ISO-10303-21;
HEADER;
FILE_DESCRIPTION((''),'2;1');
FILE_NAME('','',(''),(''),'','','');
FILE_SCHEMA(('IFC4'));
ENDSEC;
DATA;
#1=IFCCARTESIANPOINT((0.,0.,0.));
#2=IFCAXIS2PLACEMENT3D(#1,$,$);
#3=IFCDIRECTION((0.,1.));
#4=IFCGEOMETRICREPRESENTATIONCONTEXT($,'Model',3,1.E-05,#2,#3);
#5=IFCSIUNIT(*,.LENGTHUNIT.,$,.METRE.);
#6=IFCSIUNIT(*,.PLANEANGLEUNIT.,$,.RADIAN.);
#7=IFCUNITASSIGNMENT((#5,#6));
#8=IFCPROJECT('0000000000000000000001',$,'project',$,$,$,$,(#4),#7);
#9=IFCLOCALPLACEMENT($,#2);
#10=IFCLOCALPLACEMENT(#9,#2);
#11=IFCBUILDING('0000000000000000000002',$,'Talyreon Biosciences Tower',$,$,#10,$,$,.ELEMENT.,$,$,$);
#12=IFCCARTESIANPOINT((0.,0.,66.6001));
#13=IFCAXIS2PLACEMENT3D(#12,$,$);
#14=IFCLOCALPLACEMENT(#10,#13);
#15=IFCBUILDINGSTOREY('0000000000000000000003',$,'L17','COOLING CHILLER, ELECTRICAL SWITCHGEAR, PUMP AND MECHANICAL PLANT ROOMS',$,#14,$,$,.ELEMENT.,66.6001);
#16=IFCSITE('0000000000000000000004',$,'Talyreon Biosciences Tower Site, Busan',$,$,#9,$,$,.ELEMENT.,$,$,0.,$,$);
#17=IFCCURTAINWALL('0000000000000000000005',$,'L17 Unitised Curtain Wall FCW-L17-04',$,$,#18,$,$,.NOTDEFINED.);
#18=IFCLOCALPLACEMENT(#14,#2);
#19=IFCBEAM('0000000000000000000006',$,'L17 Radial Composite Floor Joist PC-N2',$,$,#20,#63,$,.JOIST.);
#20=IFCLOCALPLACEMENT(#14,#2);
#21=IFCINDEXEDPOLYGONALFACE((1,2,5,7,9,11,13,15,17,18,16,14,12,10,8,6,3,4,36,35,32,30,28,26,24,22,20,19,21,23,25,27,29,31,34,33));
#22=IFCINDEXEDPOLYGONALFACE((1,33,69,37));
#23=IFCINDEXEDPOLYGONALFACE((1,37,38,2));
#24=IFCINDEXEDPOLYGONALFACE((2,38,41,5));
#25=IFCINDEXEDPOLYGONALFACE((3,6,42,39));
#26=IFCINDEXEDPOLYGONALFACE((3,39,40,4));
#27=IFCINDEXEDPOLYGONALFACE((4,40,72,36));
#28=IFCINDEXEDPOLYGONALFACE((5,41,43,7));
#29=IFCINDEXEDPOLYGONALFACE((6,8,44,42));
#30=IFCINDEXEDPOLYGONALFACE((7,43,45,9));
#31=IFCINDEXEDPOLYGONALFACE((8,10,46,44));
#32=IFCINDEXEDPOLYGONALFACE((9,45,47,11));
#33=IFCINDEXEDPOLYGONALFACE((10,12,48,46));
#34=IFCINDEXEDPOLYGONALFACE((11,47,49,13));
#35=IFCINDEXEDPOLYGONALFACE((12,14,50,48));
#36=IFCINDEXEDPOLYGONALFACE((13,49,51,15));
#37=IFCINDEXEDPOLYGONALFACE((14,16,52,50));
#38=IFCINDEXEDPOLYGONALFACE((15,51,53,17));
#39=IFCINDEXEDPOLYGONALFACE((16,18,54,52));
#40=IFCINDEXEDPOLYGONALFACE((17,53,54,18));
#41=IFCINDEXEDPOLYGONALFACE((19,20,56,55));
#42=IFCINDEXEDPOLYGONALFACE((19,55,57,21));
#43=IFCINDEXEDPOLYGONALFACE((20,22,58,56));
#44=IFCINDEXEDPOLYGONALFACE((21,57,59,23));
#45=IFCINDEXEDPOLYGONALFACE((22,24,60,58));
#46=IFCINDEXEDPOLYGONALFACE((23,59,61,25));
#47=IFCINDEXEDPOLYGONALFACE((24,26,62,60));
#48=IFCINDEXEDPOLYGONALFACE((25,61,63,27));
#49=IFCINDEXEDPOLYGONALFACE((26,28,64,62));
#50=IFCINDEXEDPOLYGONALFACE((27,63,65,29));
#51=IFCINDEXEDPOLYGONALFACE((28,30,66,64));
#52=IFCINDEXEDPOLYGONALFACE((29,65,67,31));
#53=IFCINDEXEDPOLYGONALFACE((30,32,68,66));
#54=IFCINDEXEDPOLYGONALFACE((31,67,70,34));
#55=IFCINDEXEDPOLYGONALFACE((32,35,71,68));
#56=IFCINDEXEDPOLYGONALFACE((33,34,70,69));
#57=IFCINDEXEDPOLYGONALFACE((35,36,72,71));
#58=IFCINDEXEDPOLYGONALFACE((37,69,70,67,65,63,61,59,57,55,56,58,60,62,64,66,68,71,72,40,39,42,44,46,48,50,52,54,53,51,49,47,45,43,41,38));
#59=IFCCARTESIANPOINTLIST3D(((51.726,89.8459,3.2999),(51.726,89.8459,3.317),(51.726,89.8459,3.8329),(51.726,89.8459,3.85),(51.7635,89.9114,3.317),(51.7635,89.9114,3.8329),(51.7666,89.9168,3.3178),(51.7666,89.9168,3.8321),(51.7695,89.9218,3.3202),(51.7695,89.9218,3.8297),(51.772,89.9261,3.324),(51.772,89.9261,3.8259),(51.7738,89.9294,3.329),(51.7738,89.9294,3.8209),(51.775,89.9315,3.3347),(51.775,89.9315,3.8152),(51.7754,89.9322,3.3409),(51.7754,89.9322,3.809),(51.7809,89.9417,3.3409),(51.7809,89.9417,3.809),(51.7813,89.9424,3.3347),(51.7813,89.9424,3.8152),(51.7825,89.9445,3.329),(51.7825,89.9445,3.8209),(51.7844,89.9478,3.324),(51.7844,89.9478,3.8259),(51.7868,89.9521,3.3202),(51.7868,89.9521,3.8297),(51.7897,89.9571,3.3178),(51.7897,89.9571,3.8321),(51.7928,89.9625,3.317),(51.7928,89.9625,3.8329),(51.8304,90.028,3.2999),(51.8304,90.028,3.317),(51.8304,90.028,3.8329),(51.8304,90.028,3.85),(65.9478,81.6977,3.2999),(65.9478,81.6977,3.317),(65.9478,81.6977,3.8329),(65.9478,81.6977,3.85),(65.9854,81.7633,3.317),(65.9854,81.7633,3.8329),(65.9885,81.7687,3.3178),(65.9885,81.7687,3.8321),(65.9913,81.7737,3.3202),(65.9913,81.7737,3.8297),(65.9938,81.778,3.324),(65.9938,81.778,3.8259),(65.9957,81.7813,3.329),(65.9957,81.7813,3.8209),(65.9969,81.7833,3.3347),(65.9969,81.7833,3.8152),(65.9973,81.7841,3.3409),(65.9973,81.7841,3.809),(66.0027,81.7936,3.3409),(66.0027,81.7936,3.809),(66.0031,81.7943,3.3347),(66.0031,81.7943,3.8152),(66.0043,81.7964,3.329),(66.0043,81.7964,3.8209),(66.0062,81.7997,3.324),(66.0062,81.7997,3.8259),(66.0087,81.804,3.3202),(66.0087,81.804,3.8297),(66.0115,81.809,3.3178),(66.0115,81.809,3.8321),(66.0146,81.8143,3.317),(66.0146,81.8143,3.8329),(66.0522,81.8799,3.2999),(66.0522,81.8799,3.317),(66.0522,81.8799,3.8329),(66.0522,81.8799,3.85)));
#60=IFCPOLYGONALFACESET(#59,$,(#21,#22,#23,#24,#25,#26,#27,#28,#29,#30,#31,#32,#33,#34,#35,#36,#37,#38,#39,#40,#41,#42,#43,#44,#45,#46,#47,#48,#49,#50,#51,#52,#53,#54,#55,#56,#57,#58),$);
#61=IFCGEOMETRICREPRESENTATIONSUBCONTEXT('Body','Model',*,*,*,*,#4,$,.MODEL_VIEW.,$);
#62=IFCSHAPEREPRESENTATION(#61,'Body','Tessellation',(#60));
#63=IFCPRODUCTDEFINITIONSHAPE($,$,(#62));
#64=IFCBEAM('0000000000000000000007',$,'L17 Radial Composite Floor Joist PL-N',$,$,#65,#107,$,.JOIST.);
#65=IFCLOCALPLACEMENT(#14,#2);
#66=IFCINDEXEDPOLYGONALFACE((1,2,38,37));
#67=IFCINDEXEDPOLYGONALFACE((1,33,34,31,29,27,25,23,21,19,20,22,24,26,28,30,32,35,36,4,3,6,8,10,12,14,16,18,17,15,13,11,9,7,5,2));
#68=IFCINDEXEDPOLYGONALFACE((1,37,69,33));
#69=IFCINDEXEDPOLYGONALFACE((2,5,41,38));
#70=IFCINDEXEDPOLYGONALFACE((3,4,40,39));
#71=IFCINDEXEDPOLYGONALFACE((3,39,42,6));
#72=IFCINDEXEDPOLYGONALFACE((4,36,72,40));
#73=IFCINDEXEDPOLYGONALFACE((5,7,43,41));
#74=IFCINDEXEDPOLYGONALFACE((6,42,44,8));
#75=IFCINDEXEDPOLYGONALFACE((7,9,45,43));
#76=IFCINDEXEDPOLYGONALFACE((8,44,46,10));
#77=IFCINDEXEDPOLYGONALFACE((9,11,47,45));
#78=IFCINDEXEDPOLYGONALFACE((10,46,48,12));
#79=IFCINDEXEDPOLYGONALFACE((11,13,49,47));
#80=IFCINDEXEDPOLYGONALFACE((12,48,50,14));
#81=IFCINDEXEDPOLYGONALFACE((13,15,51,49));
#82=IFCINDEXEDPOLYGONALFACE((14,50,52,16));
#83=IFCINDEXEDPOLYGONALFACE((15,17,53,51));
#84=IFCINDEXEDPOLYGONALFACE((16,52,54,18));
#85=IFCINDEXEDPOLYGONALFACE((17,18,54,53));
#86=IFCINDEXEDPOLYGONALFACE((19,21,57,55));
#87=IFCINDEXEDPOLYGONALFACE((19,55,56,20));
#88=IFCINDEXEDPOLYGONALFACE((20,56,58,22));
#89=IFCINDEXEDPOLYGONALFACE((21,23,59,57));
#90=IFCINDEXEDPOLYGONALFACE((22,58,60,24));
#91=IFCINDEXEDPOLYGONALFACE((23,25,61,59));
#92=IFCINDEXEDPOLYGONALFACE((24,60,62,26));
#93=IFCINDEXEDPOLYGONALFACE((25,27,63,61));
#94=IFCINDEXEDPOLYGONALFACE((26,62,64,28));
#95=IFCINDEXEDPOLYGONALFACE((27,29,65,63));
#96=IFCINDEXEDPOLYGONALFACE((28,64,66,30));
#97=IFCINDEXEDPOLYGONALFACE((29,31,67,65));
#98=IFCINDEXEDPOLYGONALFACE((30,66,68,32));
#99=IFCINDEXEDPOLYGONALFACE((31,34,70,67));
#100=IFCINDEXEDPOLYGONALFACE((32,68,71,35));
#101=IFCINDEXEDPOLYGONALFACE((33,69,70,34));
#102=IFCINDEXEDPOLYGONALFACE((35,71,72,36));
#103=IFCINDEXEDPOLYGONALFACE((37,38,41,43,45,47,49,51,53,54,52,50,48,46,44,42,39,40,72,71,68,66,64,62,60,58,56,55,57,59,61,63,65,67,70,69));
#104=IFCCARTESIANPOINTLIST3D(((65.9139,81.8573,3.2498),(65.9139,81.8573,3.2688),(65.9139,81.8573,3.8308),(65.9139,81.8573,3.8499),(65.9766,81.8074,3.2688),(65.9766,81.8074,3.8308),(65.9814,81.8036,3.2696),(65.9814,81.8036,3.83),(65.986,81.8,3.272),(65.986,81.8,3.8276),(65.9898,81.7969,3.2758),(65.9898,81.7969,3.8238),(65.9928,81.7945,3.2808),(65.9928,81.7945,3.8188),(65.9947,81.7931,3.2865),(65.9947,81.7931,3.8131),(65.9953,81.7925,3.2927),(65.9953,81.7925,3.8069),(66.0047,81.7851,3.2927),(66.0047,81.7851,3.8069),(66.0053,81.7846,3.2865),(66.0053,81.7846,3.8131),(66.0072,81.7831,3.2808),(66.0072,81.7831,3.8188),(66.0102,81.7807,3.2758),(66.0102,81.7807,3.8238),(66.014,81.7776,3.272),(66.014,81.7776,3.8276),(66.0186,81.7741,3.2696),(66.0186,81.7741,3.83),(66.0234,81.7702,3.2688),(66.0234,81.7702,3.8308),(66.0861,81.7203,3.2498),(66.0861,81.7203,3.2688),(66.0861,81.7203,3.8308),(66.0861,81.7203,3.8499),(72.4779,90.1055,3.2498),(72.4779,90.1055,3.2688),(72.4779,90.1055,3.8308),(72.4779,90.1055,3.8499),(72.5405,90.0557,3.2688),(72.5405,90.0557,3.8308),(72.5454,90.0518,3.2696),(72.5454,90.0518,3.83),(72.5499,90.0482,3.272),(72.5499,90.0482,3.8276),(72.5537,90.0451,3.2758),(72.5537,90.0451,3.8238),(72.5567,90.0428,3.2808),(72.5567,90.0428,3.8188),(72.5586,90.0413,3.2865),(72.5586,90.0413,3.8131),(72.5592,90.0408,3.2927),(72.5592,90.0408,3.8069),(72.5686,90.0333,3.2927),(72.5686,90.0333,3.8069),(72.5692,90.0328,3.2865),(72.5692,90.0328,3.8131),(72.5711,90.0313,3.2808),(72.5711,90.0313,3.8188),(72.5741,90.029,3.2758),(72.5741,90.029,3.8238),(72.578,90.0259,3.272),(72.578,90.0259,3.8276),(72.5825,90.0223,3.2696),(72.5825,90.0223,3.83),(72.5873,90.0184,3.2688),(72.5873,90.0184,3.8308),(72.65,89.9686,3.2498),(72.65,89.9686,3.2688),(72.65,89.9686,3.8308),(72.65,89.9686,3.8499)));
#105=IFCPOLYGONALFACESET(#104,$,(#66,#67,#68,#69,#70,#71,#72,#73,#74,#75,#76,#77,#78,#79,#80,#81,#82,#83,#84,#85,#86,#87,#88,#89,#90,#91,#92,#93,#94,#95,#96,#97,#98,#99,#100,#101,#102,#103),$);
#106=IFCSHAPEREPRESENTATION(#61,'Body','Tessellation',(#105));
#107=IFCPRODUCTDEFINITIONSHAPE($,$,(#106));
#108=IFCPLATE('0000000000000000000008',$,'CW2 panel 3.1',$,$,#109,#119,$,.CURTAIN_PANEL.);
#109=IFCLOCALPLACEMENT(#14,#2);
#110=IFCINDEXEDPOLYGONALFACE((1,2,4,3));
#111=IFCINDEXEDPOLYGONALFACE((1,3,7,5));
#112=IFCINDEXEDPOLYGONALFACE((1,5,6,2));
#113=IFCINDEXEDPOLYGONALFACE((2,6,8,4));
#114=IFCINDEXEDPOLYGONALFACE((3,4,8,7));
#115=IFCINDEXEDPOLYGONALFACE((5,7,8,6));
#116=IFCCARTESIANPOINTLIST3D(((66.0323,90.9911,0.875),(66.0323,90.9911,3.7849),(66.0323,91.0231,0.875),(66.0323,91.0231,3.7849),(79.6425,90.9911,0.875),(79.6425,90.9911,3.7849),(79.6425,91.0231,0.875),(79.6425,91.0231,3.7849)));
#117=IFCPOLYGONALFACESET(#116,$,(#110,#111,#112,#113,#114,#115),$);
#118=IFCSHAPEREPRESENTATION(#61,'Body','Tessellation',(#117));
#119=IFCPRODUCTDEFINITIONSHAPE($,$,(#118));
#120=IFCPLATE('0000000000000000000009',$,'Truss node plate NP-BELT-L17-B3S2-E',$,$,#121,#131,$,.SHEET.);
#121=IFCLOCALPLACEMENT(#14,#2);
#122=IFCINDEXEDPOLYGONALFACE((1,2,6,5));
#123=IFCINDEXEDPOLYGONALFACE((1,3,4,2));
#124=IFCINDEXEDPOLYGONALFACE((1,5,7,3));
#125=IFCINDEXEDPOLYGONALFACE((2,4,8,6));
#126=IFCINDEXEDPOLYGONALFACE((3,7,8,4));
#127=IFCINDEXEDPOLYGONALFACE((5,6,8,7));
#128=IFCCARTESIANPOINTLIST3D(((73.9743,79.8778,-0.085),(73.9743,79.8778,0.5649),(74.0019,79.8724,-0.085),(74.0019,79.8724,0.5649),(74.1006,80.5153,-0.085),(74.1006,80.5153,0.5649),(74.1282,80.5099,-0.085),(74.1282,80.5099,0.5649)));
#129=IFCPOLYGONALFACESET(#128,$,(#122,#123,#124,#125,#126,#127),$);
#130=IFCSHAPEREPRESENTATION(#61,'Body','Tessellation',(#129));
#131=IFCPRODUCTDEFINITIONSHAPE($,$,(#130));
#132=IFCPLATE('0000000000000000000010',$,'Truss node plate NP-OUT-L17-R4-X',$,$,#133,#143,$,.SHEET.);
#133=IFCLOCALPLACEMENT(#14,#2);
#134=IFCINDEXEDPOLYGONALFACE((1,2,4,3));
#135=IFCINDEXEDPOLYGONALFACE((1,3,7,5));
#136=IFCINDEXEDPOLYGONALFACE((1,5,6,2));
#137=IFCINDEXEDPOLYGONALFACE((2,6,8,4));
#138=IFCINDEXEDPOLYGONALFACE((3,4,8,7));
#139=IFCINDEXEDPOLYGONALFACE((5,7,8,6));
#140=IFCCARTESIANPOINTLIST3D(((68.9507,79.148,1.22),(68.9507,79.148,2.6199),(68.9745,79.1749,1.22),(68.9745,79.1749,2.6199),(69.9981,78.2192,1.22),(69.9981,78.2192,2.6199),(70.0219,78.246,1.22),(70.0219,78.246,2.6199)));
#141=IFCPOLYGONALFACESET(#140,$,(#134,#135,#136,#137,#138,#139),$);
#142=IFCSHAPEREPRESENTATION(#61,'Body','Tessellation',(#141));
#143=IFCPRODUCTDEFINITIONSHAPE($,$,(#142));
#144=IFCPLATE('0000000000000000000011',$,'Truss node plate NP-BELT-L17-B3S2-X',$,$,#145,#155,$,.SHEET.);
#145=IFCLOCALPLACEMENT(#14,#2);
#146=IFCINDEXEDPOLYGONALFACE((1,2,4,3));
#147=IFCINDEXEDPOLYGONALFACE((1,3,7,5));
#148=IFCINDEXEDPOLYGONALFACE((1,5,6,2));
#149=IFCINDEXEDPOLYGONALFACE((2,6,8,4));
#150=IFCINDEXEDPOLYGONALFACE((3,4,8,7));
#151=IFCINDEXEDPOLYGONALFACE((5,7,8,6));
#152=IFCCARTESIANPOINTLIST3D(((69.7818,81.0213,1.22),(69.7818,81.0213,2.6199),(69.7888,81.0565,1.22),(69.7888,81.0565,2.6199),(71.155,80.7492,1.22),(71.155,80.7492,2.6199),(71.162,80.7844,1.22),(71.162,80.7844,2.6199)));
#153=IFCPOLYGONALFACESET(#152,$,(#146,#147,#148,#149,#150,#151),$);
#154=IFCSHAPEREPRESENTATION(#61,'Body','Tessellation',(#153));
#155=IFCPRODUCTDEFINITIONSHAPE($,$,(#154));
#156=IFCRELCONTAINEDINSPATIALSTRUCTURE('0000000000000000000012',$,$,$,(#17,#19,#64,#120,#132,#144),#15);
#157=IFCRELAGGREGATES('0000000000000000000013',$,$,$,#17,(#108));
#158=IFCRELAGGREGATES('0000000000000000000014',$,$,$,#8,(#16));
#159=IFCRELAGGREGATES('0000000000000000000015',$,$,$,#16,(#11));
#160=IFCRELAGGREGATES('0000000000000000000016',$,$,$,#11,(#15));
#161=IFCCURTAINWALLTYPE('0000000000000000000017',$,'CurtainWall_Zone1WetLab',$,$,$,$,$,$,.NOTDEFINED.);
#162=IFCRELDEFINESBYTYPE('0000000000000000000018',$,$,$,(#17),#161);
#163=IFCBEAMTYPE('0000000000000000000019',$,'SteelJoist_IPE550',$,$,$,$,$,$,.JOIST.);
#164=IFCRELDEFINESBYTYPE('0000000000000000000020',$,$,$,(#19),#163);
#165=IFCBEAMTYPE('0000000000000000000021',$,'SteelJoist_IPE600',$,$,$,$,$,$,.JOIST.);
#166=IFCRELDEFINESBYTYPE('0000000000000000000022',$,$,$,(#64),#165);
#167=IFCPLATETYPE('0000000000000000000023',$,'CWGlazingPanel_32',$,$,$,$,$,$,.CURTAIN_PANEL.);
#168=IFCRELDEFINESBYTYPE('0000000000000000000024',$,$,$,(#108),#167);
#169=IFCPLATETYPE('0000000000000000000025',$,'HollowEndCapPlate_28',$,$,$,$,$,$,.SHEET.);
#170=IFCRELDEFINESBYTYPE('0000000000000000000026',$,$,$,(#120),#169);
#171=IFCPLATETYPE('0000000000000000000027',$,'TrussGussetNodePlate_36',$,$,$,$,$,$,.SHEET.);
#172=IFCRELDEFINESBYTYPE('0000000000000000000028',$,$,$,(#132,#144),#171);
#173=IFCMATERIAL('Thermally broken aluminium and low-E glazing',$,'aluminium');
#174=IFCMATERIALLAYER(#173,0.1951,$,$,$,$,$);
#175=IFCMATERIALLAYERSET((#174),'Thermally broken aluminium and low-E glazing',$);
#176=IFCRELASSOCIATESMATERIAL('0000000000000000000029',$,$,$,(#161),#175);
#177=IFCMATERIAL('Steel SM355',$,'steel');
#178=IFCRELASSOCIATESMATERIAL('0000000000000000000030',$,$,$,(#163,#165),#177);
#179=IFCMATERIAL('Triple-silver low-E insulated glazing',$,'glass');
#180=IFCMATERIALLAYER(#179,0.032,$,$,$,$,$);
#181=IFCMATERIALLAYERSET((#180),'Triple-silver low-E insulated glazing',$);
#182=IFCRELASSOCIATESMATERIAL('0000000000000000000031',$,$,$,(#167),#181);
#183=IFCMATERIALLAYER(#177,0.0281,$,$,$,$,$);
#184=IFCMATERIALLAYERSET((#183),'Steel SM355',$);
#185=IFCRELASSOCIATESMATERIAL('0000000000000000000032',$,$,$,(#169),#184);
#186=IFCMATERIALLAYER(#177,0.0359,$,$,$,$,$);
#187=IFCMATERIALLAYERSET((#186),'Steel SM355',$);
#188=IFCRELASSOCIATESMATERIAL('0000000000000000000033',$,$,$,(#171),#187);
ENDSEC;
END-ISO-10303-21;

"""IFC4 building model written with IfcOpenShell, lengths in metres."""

from ifc_helpers import new_model, si_unit, direction, frame, origin, origin_2d, place, context, subcontext, project, spatial, rectangle, i_section, extrude, material, layer, layer_set, material_profile, profile_set, type_object, element, aggregate, save


model = new_model("IFC4")

# Units and contexts
model_context = context("Model", 3, precision=1e-05, world=origin(), true_north=direction((0.0, 1.0)))
body_context = subcontext(model_context, "Body", "Model", "MODEL_VIEW")
ifc_project = project(units=[si_unit("LENGTHUNIT", "METRE"), si_unit("PLANEANGLEUNIT", "RADIAN")], contexts=[model_context])

# Site, building, storey
site_placement = place(None, origin())
site = spatial("IfcSite", under=ifc_project, at=site_placement, Name="Talyreon Biosciences Tower Site, Busan", CompositionType="ELEMENT", RefElevation=0.0)
building_placement = place(site_placement, origin())
building = spatial("IfcBuilding", under=site, at=building_placement, Name="Talyreon Biosciences Tower", CompositionType="ELEMENT")
storey_placement = place(building_placement, frame((0.0, 0.0, 66.6001)))
storey = spatial("IfcBuildingStorey", under=building, at=storey_placement, Name="L17", Description="COOLING CHILLER, ELECTRICAL SWITCHGEAR, PUMP AND MECHANICAL PLANT ROOMS", CompositionType="ELEMENT", Elevation=66.6001)

# Shared definitions
ifc_material_1 = material(Name="Steel SM355", Category="steel")

# Curtain wall
ifc_material_2 = material(Name="Thermally broken aluminium and low-E glazing", Category="aluminium")
ifc_layer_1 = layer(ifc_material_2, 0.1951)
ifc_layer_set_1 = layer_set([ifc_layer_1], Name="Thermally broken aluminium and low-E glazing")
curtain_wall_type = type_object("IfcCurtainWallType", Name="CurtainWall_Zone1WetLab", PredefinedType="NOTDEFINED", material=ifc_layer_set_1)
curtain_wall_placement = place(storey_placement, origin())
curtain_wall = element("IfcCurtainWall", 1, at=curtain_wall_placement, inside=storey, type_object=curtain_wall_type, Name="L17 Unitised Curtain Wall FCW-L17-04", PredefinedType="NOTDEFINED")

# Beams
ifc_material_profile_1 = material_profile(ifc_material_1, i_section(OverallWidth=0.21, OverallDepth=0.55, WebThickness=0.011, FlangeThickness=0.0171, FilletRadius=0.0239, at=origin_2d()), Name="IPE550")
ifc_profile_set_1 = profile_set([ifc_material_profile_1], Name="Steel SM355")
beam_type_1 = type_object("IfcBeamType", Name="SteelJoist_IPE550", PredefinedType="JOIST", material=ifc_profile_set_1)
for number, where, z_axis, x_axis, name in (
    (2, (66.0, 81.7888, 3.575), (-0.867681, 0.497122, 0.0), (-0.497122, -0.867681, 0.0), "L17 Radial Composite Floor Joist PC-N2"),
):
    element("IfcBeam", number, at=place(storey_placement, frame(where, z_axis=z_axis, x_axis=x_axis)), inside=storey, type_object=beam_type_1, Name=name, PredefinedType="JOIST", context=body_context, shape_type="SweptSolid", body=[
        extrude(i_section(OverallWidth=0.21, OverallDepth=0.55, WebThickness=0.011, FlangeThickness=0.0171, FilletRadius=0.0239, at=origin_2d()), origin(), (0.0, 0.0, 1.0), 16.3906),
    ])
ifc_material_profile_2 = material_profile(ifc_material_1, i_section(OverallWidth=0.22, OverallDepth=0.6001, WebThickness=0.012, FlangeThickness=0.019, FilletRadius=0.0239, at=origin_2d()), Name="IPE600")
ifc_profile_set_2 = profile_set([ifc_material_profile_2], Name="Steel SM355")
beam_type_2 = type_object("IfcBeamType", Name="SteelJoist_IPE600", PredefinedType="JOIST", material=ifc_profile_set_2)
beam_1_placement = place(storey_placement, frame((66.0, 81.7888, 3.5498), z_axis=(0.622688, 0.782471, 0.0), x_axis=(-0.782471, 0.622688, 0.0)))
element("IfcBeam", 3, at=beam_1_placement, inside=storey, type_object=beam_type_2, Name="L17 Radial Composite Floor Joist PL-N", PredefinedType="JOIST", context=body_context, shape_type="SweptSolid", body=[
    extrude(i_section(OverallWidth=0.22, OverallDepth=0.6001, WebThickness=0.012, FlangeThickness=0.019, FilletRadius=0.0239, at=origin_2d()), origin(), (0.0, 0.0, 1.0), 10.5413),
])

# Plate
ifc_material_3 = material(Name="Triple-silver low-E insulated glazing", Category="glass")
ifc_layer_2 = layer(ifc_material_3, 0.032)
ifc_layer_set_2 = layer_set([ifc_layer_2], Name="Triple-silver low-E insulated glazing")
plate_type_1 = type_object("IfcPlateType", Name="CWGlazingPanel_32", PredefinedType="CURTAIN_PANEL", material=ifc_layer_set_2)
plate_1_placement = place(storey_placement, frame((72.8374, 91.0071, 0.875), z_axis=(0.0, 0.0, 1.0), x_axis=(1.0, 0.0, 0.0)))
plate_1 = element("IfcPlate", 4, at=plate_1_placement, type_object=plate_type_1, Name="CW2 panel 3.1", PredefinedType="CURTAIN_PANEL", context=body_context, shape_type="SweptSolid", body=[
    extrude(rectangle(XDim=13.6101, YDim=0.032, at=origin_2d()), origin(), (0.0, 0.0, 1.0), 2.9099),
])
aggregate(curtain_wall, [plate_1])

# Plates
ifc_layer_3 = layer(ifc_material_1, 0.0281)
ifc_layer_set_3 = layer_set([ifc_layer_3], Name="Steel SM355")
plate_type_2 = type_object("IfcPlateType", Name="HollowEndCapPlate_28", PredefinedType="SHEET", material=ifc_layer_set_3)
plate_2_placement = place(storey_placement, frame((74.0513, 80.1938, -0.085), z_axis=(0.0, 0.0, 1.0), x_axis=(-0.194337, -0.980935, 0.0)))
element("IfcPlate", 5, at=plate_2_placement, inside=storey, type_object=plate_type_2, Name="Truss node plate NP-BELT-L17-B3S2-E", PredefinedType="SHEET", context=body_context, shape_type="SweptSolid", body=[
    extrude(rectangle(XDim=0.6499, YDim=0.0281, at=origin_2d()), origin(), (0.0, 0.0, 1.0), 0.6499),
])
ifc_layer_4 = layer(ifc_material_1, 0.0359)
ifc_layer_set_4 = layer_set([ifc_layer_4], Name="Steel SM355")
plate_type_3 = type_object("IfcPlateType", Name="TrussGussetNodePlate_36", PredefinedType="SHEET", material=ifc_layer_set_4)
for number, where, z_axis, x_axis, name in (
    (6, (69.4863, 78.697, 1.22), (0.0, 0.0, 1.0), (-0.74818, 0.663495, 0.0), "Truss node plate NP-OUT-L17-R4-X"),
    (7, (70.4719, 80.9028, 1.22), (0.0, 0.0, 1.0), (-0.980935, 0.194337, 0.0), "Truss node plate NP-BELT-L17-B3S2-X"),
):
    element("IfcPlate", number, at=place(storey_placement, frame(where, z_axis=z_axis, x_axis=x_axis)), inside=storey, type_object=plate_type_3, Name=name, PredefinedType="SHEET", context=body_context, shape_type="SweptSolid", body=[
        extrude(rectangle(XDim=1.3999, YDim=0.0359, at=origin_2d()), origin(), (0.0, 0.0, 1.0), 1.3999),
    ])

save(model, "model.ifc")
